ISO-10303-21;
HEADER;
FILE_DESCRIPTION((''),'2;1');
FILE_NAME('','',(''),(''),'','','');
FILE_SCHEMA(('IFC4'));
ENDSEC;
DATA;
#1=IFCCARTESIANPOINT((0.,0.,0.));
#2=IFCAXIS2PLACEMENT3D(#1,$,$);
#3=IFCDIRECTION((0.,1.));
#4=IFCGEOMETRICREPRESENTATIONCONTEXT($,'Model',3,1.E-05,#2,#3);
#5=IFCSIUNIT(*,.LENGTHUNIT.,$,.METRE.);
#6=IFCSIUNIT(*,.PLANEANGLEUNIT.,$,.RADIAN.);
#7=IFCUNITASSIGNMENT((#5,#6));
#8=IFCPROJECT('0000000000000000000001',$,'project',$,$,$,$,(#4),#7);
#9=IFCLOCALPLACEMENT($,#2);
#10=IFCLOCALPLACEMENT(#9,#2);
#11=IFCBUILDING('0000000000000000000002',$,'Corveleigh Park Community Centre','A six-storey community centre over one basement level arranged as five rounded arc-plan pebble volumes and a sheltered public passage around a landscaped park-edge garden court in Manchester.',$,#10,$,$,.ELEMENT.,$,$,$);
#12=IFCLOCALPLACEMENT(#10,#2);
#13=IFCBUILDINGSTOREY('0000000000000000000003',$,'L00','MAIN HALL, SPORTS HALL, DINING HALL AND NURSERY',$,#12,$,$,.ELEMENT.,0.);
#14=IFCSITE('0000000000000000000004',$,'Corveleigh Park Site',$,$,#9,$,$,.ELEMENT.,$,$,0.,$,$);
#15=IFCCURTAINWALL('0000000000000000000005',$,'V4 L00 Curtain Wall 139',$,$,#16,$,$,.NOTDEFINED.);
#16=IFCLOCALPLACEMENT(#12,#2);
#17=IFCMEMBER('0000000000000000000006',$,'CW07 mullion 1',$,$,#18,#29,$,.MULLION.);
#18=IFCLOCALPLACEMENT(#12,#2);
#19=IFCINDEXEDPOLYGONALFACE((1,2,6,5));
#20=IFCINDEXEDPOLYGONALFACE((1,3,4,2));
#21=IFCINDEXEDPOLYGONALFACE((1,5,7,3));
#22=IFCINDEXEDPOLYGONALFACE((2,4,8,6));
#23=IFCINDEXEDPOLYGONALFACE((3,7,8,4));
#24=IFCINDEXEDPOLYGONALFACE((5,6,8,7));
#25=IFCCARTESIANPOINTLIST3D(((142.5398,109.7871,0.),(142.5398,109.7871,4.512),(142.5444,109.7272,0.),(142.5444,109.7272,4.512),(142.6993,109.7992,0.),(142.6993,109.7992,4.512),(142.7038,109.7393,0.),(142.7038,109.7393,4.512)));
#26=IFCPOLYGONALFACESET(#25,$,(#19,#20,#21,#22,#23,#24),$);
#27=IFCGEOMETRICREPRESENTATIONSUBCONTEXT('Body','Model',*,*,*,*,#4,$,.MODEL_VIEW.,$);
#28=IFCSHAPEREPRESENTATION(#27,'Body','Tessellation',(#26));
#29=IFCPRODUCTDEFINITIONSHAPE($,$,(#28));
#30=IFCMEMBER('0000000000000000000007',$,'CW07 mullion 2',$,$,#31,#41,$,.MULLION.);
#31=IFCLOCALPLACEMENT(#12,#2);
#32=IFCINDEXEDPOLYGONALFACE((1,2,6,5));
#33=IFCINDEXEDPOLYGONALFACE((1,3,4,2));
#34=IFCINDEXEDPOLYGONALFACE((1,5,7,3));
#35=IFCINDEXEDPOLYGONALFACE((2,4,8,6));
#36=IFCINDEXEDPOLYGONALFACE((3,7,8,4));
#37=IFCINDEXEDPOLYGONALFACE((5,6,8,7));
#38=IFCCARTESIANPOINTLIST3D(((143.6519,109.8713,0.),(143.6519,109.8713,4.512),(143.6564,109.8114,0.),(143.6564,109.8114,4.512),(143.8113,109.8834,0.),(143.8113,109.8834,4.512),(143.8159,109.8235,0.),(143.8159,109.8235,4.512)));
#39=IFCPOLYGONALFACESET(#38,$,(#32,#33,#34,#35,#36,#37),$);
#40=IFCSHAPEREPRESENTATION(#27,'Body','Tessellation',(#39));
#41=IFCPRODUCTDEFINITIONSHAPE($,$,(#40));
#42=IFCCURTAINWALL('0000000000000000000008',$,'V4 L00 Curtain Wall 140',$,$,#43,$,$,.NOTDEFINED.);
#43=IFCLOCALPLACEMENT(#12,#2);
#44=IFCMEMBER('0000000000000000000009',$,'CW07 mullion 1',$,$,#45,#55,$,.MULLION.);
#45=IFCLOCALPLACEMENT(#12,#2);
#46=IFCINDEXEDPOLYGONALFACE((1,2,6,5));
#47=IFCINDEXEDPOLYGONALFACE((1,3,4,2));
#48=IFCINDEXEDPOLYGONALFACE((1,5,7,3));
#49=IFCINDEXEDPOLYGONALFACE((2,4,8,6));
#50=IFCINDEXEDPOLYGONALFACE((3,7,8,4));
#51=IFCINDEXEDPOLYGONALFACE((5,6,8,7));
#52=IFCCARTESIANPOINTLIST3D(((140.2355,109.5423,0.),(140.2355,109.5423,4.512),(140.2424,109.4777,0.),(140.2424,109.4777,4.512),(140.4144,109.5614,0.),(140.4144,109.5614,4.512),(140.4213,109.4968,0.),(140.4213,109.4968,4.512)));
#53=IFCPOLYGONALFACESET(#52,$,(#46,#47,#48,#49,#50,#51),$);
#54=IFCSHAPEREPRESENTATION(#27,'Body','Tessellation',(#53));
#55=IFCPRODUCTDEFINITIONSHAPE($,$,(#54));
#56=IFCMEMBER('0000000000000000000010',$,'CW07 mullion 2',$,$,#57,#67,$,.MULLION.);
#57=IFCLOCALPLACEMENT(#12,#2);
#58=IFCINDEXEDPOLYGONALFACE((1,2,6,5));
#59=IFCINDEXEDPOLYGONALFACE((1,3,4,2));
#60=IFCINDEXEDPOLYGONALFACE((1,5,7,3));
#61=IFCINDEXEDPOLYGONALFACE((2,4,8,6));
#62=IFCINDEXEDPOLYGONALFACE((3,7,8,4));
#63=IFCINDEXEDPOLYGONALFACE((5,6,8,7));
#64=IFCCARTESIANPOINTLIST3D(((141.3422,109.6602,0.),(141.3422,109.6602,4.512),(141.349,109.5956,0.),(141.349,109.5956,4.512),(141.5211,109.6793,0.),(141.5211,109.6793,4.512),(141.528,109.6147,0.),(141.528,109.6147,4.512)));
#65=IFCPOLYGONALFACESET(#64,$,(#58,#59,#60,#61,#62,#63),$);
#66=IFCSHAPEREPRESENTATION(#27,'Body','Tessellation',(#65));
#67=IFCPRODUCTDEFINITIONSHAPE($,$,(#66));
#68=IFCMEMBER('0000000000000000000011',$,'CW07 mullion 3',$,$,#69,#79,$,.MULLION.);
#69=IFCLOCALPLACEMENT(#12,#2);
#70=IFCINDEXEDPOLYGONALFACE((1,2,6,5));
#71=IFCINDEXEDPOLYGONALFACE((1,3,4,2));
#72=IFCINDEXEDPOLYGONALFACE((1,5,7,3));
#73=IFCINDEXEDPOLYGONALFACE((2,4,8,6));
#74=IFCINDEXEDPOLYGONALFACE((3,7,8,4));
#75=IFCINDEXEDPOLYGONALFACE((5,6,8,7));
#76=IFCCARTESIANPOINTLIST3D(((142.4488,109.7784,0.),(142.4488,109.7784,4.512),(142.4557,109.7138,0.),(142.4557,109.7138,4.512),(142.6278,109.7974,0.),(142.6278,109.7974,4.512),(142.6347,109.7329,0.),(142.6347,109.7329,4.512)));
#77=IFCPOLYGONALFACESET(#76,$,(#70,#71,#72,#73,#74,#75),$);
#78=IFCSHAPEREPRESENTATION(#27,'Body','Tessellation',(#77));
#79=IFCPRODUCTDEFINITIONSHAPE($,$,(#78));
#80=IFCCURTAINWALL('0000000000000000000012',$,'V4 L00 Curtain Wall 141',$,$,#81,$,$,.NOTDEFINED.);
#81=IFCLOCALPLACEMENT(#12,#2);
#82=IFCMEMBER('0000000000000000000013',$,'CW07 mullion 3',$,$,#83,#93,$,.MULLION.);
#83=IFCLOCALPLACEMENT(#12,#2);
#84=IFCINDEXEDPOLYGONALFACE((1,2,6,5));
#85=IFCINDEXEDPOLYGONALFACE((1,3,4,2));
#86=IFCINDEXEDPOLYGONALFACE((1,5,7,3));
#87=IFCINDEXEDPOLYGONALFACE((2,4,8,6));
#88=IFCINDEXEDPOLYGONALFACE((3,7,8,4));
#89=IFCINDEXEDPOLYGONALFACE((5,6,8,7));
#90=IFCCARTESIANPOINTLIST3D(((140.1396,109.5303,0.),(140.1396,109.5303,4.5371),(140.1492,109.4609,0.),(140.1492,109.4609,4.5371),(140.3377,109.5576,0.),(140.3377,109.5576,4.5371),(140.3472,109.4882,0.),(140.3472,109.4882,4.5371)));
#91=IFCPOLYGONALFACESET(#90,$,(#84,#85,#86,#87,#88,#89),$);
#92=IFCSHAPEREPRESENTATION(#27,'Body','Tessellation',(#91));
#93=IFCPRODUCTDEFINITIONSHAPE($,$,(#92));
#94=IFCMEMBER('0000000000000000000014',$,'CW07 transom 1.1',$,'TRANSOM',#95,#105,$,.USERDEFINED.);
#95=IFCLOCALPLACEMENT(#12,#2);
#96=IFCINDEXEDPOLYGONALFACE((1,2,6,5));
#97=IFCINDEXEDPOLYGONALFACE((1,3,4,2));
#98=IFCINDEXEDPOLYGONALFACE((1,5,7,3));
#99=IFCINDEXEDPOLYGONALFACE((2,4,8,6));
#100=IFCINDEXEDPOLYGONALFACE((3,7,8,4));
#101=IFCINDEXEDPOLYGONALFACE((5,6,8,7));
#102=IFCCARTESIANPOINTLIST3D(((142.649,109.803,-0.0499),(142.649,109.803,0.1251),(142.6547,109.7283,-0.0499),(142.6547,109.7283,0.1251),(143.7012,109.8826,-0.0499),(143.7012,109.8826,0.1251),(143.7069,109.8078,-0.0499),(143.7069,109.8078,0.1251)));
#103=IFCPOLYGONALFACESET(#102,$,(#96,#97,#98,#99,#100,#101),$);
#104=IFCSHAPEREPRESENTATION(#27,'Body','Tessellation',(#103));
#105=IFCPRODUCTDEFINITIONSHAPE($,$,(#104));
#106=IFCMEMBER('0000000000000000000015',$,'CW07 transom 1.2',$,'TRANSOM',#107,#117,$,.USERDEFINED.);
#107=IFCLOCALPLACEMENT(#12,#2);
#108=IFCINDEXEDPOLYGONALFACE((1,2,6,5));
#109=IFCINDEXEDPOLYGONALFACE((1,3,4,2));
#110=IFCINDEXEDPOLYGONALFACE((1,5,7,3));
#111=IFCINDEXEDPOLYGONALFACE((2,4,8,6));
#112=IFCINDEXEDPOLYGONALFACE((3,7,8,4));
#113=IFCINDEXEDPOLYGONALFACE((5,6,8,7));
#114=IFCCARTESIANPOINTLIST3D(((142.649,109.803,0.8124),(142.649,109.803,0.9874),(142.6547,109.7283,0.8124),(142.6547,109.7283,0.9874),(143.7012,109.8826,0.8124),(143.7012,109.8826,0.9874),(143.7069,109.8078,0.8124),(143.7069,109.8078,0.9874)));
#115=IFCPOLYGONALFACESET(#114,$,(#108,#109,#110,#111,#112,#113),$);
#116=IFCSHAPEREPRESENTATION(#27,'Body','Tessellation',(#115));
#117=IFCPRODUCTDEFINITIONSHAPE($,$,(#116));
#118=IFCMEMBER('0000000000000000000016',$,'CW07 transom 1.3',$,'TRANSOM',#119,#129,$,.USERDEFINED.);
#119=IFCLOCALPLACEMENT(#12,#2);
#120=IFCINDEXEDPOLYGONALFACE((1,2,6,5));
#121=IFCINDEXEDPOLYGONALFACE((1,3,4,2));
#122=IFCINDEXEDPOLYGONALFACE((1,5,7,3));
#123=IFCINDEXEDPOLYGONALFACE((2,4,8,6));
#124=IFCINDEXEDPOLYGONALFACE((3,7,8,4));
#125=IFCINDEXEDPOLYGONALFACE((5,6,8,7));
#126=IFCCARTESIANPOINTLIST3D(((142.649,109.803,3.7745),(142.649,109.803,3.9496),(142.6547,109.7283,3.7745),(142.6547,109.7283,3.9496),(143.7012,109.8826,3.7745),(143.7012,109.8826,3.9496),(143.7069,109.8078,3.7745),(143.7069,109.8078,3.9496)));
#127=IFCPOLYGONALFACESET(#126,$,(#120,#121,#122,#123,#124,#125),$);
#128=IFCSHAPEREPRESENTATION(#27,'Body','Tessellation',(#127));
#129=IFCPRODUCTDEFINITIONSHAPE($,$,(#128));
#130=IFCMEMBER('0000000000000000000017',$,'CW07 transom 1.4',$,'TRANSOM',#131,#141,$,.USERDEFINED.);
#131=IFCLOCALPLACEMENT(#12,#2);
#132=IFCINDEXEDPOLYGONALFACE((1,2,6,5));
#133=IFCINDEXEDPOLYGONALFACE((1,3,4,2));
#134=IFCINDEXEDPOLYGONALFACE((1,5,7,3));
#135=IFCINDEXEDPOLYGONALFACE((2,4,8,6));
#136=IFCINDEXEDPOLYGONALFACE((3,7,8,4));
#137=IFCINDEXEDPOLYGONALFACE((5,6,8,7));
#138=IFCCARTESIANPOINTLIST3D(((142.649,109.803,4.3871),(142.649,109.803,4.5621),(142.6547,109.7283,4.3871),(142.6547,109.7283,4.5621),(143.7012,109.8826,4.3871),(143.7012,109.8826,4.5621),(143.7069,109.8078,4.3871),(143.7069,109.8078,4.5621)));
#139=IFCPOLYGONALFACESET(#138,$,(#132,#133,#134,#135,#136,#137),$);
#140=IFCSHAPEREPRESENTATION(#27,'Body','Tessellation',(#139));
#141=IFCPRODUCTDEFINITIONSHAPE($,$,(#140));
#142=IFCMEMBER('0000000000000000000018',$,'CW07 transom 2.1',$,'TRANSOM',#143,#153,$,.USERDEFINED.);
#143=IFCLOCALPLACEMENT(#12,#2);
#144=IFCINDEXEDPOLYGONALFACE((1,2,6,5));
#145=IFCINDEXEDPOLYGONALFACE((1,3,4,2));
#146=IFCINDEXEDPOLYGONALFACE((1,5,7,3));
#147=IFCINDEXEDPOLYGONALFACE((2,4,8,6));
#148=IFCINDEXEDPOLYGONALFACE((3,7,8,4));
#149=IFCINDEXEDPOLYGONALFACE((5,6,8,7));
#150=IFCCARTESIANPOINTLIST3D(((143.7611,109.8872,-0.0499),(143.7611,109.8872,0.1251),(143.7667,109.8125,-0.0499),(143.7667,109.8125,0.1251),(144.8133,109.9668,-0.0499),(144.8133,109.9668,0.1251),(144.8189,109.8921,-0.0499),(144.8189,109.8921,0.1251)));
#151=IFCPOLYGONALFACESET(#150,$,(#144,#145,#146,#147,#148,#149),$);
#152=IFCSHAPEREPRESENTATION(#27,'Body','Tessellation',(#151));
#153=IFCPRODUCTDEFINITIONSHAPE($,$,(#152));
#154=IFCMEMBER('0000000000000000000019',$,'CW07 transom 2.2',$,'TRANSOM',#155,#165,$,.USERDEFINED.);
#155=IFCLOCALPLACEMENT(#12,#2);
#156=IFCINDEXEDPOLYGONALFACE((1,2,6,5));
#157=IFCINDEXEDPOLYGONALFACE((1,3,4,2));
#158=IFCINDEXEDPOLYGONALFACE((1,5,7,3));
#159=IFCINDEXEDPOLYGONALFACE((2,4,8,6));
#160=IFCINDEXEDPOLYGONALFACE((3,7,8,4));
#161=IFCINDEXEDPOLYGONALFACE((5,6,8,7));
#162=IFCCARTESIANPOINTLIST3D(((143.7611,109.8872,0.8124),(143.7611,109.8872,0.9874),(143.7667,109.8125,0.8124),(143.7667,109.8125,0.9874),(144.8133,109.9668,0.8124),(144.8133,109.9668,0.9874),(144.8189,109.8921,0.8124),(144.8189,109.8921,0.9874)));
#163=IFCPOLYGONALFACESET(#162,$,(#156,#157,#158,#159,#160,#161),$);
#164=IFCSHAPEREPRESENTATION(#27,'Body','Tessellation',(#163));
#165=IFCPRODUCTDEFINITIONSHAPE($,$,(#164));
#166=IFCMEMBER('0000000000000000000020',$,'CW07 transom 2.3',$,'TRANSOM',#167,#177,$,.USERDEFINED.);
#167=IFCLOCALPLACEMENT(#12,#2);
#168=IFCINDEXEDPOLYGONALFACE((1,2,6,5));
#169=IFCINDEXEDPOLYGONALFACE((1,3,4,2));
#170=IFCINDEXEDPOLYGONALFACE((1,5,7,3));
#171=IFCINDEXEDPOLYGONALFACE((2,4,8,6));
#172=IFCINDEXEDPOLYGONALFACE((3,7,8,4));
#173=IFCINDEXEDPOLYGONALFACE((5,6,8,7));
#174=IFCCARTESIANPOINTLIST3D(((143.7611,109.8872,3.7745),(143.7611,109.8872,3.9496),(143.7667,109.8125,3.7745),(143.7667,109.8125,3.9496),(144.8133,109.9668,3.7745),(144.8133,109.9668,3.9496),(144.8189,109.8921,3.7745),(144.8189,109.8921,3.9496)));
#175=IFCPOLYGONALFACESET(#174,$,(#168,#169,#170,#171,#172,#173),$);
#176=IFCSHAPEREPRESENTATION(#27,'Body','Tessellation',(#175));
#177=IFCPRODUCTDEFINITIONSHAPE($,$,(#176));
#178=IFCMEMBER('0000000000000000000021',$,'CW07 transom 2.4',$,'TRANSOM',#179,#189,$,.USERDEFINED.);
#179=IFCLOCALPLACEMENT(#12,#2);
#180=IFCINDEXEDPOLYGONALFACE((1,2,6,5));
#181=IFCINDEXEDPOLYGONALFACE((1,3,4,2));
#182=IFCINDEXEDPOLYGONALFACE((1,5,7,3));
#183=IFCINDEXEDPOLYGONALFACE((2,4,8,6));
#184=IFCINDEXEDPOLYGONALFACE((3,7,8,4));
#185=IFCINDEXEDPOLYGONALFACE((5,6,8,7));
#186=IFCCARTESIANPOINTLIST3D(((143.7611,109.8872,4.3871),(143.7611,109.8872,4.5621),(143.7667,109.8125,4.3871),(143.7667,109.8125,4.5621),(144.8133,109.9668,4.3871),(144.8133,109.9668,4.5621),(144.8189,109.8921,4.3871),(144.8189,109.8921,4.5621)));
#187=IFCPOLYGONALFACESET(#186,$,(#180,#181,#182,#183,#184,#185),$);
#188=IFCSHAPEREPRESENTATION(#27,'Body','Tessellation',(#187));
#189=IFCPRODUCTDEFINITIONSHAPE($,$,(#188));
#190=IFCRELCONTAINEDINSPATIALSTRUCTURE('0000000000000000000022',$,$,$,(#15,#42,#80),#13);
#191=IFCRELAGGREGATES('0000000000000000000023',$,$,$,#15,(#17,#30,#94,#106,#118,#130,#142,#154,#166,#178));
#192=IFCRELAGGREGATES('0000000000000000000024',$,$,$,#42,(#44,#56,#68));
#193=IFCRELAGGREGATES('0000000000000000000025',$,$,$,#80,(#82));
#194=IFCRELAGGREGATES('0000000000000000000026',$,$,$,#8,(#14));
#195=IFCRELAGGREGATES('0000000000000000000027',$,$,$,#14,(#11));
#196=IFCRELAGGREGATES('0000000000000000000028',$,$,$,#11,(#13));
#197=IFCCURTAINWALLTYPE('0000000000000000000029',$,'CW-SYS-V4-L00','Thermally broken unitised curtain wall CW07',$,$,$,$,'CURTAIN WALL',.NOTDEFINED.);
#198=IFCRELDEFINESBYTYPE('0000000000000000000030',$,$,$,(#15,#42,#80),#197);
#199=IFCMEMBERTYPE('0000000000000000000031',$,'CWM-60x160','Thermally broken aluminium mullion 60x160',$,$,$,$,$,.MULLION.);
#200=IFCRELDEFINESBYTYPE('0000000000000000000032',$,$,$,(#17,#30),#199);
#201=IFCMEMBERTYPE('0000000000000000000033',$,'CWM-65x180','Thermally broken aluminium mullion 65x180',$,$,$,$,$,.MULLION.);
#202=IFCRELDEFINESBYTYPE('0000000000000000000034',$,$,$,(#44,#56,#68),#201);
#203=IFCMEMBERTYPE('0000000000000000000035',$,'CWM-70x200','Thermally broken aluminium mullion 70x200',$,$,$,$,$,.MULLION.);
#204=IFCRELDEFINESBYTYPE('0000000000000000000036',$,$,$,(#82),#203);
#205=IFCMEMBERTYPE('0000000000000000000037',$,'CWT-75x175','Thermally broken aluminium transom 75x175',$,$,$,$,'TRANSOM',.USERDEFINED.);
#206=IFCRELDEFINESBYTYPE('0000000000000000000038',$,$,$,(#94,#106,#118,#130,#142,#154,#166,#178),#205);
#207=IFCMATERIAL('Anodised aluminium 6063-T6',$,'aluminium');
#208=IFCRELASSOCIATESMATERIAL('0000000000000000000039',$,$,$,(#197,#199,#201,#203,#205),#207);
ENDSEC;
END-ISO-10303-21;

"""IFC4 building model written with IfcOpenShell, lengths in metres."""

from ifc_helpers import new_model, si_unit, direction, frame, origin, origin_2d, place, context, subcontext, project, spatial, rectangle, extrude, material, material_profile, profile_set, type_object, element, aggregate, save


model = new_model("IFC4")

# Units and contexts
model_context = context("Model", 3, precision=1e-05, world=origin(), true_north=direction((0.0, 1.0)))
body_context = subcontext(model_context, "Body", "Model", "MODEL_VIEW")
ifc_project = project(units=[si_unit("LENGTHUNIT", "METRE"), si_unit("PLANEANGLEUNIT", "RADIAN")], contexts=[model_context])

# Site, building, storey
site_placement = place(None, origin())
site = spatial("IfcSite", under=ifc_project, at=site_placement, Name="Corveleigh Park Site", CompositionType="ELEMENT", RefElevation=0.0)
building_placement = place(site_placement, origin())
building = spatial("IfcBuilding", under=site, at=building_placement, Name="Corveleigh Park Community Centre", Description="A six-storey community centre over one basement level arranged as five rounded arc-plan pebble volumes and a sheltered public passage around a landscaped park-edge garden court in Manchester.", CompositionType="ELEMENT")
storey_placement = place(building_placement, origin())
storey = spatial("IfcBuildingStorey", under=building, at=storey_placement, Name="L00", Description="MAIN HALL, SPORTS HALL, DINING HALL AND NURSERY", CompositionType="ELEMENT", Elevation=0.0)

# Curtain walls, members
ifc_material_1 = material(Name="Anodised aluminium 6063-T6", Category="aluminium")
curtain_wall_type = type_object("IfcCurtainWallType", Name="CW-SYS-V4-L00", Description="Thermally broken unitised curtain wall CW07", ElementType="CURTAIN WALL", PredefinedType="NOTDEFINED", material=ifc_material_1)
curtain_wall_1_placement = place(storey_placement, origin())
curtain_wall_1 = element("IfcCurtainWall", 1, at=curtain_wall_1_placement, inside=storey, type_object=curtain_wall_type, Name="V4 L00 Curtain Wall 139", PredefinedType="NOTDEFINED")
ifc_material_profile_1 = material_profile(ifc_material_1, rectangle(XDim=0.0601, YDim=0.1599, at=origin_2d()), Name="ALU-M60x160", Category="aluminium")
ifc_profile_set_1 = profile_set([ifc_material_profile_1], Name="Anodised aluminium 6063-T6")
member_type_1 = type_object("IfcMemberType", Name="CWM-60x160", Description="Thermally broken aluminium mullion 60x160", PredefinedType="MULLION", material=ifc_profile_set_1)
member_1_placement = place(storey_placement, frame((142.6218, 109.7632, 0.0), z_axis=(0.0, 0.0, 1.0), x_axis=(-0.075528, 0.997144, 0.0)))
member_1 = element("IfcMember", 2, at=member_1_placement, type_object=member_type_1, Name="CW07 mullion 1", PredefinedType="MULLION", context=body_context, shape_type="SweptSolid", body=[
    extrude(rectangle(XDim=0.0601, YDim=0.1599, at=origin_2d()), origin(), (0.0, 0.0, 1.0), 4.512),
])
member_2_placement = place(storey_placement, frame((143.7339, 109.8474, 0.0), z_axis=(0.0, 0.0, 1.0), x_axis=(-0.075528, 0.997144, 0.0)))
member_2 = element("IfcMember", 3, at=member_2_placement, type_object=member_type_1, Name="CW07 mullion 2", PredefinedType="MULLION", context=body_context, shape_type="SweptSolid", body=[
    extrude(rectangle(XDim=0.0601, YDim=0.1599, at=origin_2d()), origin(), (0.0, 0.0, 1.0), 4.512),
])
curtain_wall_2_placement = place(storey_placement, origin())
curtain_wall_2 = element("IfcCurtainWall", 4, at=curtain_wall_2_placement, inside=storey, type_object=curtain_wall_type, Name="V4 L00 Curtain Wall 140", PredefinedType="NOTDEFINED")
ifc_material_profile_2 = material_profile(ifc_material_1, rectangle(XDim=0.0649, YDim=0.1799, at=origin_2d()), Name="ALU-M65x180", Category="aluminium")
ifc_profile_set_2 = profile_set([ifc_material_profile_2], Name="Anodised aluminium 6063-T6")
member_type_2 = type_object("IfcMemberType", Name="CWM-65x180", Description="Thermally broken aluminium mullion 65x180", PredefinedType="MULLION", material=ifc_profile_set_2)
member_3_placement = place(storey_placement, frame((140.3284, 109.5195, 0.0), z_axis=(0.0, 0.0, 1.0), x_axis=(-0.106071, 0.994359, 0.0)))
member_3 = element("IfcMember", 5, at=member_3_placement, type_object=member_type_2, Name="CW07 mullion 1", PredefinedType="MULLION", context=body_context, shape_type="SweptSolid", body=[
    extrude(rectangle(XDim=0.0649, YDim=0.1799, at=origin_2d()), origin(), (0.0, 0.0, 1.0), 4.512),
])
member_4_placement = place(storey_placement, frame((141.4351, 109.6375, 0.0), z_axis=(0.0, 0.0, 1.0), x_axis=(-0.106071, 0.994359, 0.0)))
member_4 = element("IfcMember", 6, at=member_4_placement, type_object=member_type_2, Name="CW07 mullion 2", PredefinedType="MULLION", context=body_context, shape_type="SweptSolid", body=[
    extrude(rectangle(XDim=0.0649, YDim=0.1799, at=origin_2d()), origin(), (0.0, 0.0, 1.0), 4.512),
])
member_5_placement = place(storey_placement, frame((142.5417, 109.7556, 0.0), z_axis=(0.0, 0.0, 1.0), x_axis=(-0.106071, 0.994359, 0.0)))
member_5 = element("IfcMember", 7, at=member_5_placement, type_object=member_type_2, Name="CW07 mullion 3", PredefinedType="MULLION", context=body_context, shape_type="SweptSolid", body=[
    extrude(rectangle(XDim=0.0649, YDim=0.1799, at=origin_2d()), origin(), (0.0, 0.0, 1.0), 4.512),
])

# Curtain wall, member
curtain_wall_3_placement = place(storey_placement, origin())
curtain_wall_3 = element("IfcCurtainWall", 8, at=curtain_wall_3_placement, inside=storey, type_object=curtain_wall_type, Name="V4 L00 Curtain Wall 141", PredefinedType="NOTDEFINED")
ifc_material_profile_3 = material_profile(ifc_material_1, rectangle(XDim=0.0701, YDim=0.2, at=origin_2d()), Name="ALU-M70x200", Category="aluminium")
ifc_profile_set_3 = profile_set([ifc_material_profile_3], Name="Anodised aluminium 6063-T6")
member_type_3 = type_object("IfcMemberType", Name="CWM-70x200", Description="Thermally broken aluminium mullion 70x200", PredefinedType="MULLION", material=ifc_profile_set_3)
member_6_placement = place(storey_placement, frame((140.2434, 109.5093, 0.0), z_axis=(0.0, 0.0, 1.0), x_axis=(-0.136534, 0.990635, 0.0)))
member_6 = element("IfcMember", 9, at=member_6_placement, type_object=member_type_3, Name="CW07 mullion 3", PredefinedType="MULLION", context=body_context, shape_type="SweptSolid", body=[
    extrude(rectangle(XDim=0.0701, YDim=0.2, at=origin_2d()), origin(), (0.0, 0.0, 1.0), 4.5371),
])

# Members
ifc_material_profile_4 = material_profile(ifc_material_1, rectangle(XDim=0.075, YDim=0.175, at=origin_2d()), Name="ALU-T75x175", Category="aluminium")
ifc_profile_set_4 = profile_set([ifc_material_profile_4], Name="Anodised aluminium 6063-T6")
member_type_4 = type_object("IfcMemberType", Name="CWT-75x175", Description="Thermally broken aluminium transom 75x175", ElementType="TRANSOM", PredefinedType="USERDEFINED", material=ifc_profile_set_4)
member_7_placement = place(storey_placement, frame((142.6519, 109.7656, 0.0376), z_axis=(0.997152, 0.075423, 0.0), x_axis=(-0.075423, 0.997152, 0.0)))
member_7 = element("IfcMember", 10, at=member_7_placement, type_object=member_type_4, Name="CW07 transom 1.1", ObjectType="TRANSOM", PredefinedType="USERDEFINED", context=body_context, shape_type="SweptSolid", body=[
    extrude(rectangle(XDim=0.075, YDim=0.175, at=origin_2d()), origin(), (0.0, 0.0, 1.0), 1.0552),
])
member_8_placement = place(storey_placement, frame((142.6519, 109.7656, 0.8999), z_axis=(0.997152, 0.075423, 0.0), x_axis=(-0.075423, 0.997152, 0.0)))
member_8 = element("IfcMember", 11, at=member_8_placement, type_object=member_type_4, Name="CW07 transom 1.2", ObjectType="TRANSOM", PredefinedType="USERDEFINED", context=body_context, shape_type="SweptSolid", body=[
    extrude(rectangle(XDim=0.075, YDim=0.175, at=origin_2d()), origin(), (0.0, 0.0, 1.0), 1.0552),
])
member_9_placement = place(storey_placement, frame((142.6519, 109.7656, 3.8621), z_axis=(0.997152, 0.075423, 0.0), x_axis=(-0.075423, 0.997152, 0.0)))
member_9 = element("IfcMember", 12, at=member_9_placement, type_object=member_type_4, Name="CW07 transom 1.3", ObjectType="TRANSOM", PredefinedType="USERDEFINED", context=body_context, shape_type="SweptSolid", body=[
    extrude(rectangle(XDim=0.075, YDim=0.175, at=origin_2d()), origin(), (0.0, 0.0, 1.0), 1.0552),
])
member_10_placement = place(storey_placement, frame((142.6519, 109.7656, 4.4746), z_axis=(0.997152, 0.075423, 0.0), x_axis=(-0.075423, 0.997152, 0.0)))
member_10 = element("IfcMember", 13, at=member_10_placement, type_object=member_type_4, Name="CW07 transom 1.4", ObjectType="TRANSOM", PredefinedType="USERDEFINED", context=body_context, shape_type="SweptSolid", body=[
    extrude(rectangle(XDim=0.075, YDim=0.175, at=origin_2d()), origin(), (0.0, 0.0, 1.0), 1.0552),
])
member_11_placement = place(storey_placement, frame((143.7639, 109.8499, 0.0376), z_axis=(0.997152, 0.075423, 0.0), x_axis=(-0.075423, 0.997152, 0.0)))
member_11 = element("IfcMember", 14, at=member_11_placement, type_object=member_type_4, Name="CW07 transom 2.1", ObjectType="TRANSOM", PredefinedType="USERDEFINED", context=body_context, shape_type="SweptSolid", body=[
    extrude(rectangle(XDim=0.075, YDim=0.175, at=origin_2d()), origin(), (0.0, 0.0, 1.0), 1.0552),
])
member_12_placement = place(storey_placement, frame((143.7639, 109.8499, 0.8999), z_axis=(0.997152, 0.075423, 0.0), x_axis=(-0.075423, 0.997152, 0.0)))
member_12 = element("IfcMember", 15, at=member_12_placement, type_object=member_type_4, Name="CW07 transom 2.2", ObjectType="TRANSOM", PredefinedType="USERDEFINED", context=body_context, shape_type="SweptSolid", body=[
    extrude(rectangle(XDim=0.075, YDim=0.175, at=origin_2d()), origin(), (0.0, 0.0, 1.0), 1.0552),
])
member_13_placement = place(storey_placement, frame((143.7639, 109.8499, 3.8621), z_axis=(0.997152, 0.075423, 0.0), x_axis=(-0.075423, 0.997152, 0.0)))
member_13 = element("IfcMember", 16, at=member_13_placement, type_object=member_type_4, Name="CW07 transom 2.3", ObjectType="TRANSOM", PredefinedType="USERDEFINED", context=body_context, shape_type="SweptSolid", body=[
    extrude(rectangle(XDim=0.075, YDim=0.175, at=origin_2d()), origin(), (0.0, 0.0, 1.0), 1.0552),
])
member_14_placement = place(storey_placement, frame((143.7639, 109.8499, 4.4746), z_axis=(0.997152, 0.075423, 0.0), x_axis=(-0.075423, 0.997152, 0.0)))
member_14 = element("IfcMember", 17, at=member_14_placement, type_object=member_type_4, Name="CW07 transom 2.4", ObjectType="TRANSOM", PredefinedType="USERDEFINED", context=body_context, shape_type="SweptSolid", body=[
    extrude(rectangle(XDim=0.075, YDim=0.175, at=origin_2d()), origin(), (0.0, 0.0, 1.0), 1.0552),
])

aggregate(curtain_wall_1, [member_1, member_2, member_7, member_8, member_9, member_10, member_11, member_12, member_13, member_14])
aggregate(curtain_wall_2, [member_3, member_4, member_5])
aggregate(curtain_wall_3, [member_6])

save(model, "model.ifc")
